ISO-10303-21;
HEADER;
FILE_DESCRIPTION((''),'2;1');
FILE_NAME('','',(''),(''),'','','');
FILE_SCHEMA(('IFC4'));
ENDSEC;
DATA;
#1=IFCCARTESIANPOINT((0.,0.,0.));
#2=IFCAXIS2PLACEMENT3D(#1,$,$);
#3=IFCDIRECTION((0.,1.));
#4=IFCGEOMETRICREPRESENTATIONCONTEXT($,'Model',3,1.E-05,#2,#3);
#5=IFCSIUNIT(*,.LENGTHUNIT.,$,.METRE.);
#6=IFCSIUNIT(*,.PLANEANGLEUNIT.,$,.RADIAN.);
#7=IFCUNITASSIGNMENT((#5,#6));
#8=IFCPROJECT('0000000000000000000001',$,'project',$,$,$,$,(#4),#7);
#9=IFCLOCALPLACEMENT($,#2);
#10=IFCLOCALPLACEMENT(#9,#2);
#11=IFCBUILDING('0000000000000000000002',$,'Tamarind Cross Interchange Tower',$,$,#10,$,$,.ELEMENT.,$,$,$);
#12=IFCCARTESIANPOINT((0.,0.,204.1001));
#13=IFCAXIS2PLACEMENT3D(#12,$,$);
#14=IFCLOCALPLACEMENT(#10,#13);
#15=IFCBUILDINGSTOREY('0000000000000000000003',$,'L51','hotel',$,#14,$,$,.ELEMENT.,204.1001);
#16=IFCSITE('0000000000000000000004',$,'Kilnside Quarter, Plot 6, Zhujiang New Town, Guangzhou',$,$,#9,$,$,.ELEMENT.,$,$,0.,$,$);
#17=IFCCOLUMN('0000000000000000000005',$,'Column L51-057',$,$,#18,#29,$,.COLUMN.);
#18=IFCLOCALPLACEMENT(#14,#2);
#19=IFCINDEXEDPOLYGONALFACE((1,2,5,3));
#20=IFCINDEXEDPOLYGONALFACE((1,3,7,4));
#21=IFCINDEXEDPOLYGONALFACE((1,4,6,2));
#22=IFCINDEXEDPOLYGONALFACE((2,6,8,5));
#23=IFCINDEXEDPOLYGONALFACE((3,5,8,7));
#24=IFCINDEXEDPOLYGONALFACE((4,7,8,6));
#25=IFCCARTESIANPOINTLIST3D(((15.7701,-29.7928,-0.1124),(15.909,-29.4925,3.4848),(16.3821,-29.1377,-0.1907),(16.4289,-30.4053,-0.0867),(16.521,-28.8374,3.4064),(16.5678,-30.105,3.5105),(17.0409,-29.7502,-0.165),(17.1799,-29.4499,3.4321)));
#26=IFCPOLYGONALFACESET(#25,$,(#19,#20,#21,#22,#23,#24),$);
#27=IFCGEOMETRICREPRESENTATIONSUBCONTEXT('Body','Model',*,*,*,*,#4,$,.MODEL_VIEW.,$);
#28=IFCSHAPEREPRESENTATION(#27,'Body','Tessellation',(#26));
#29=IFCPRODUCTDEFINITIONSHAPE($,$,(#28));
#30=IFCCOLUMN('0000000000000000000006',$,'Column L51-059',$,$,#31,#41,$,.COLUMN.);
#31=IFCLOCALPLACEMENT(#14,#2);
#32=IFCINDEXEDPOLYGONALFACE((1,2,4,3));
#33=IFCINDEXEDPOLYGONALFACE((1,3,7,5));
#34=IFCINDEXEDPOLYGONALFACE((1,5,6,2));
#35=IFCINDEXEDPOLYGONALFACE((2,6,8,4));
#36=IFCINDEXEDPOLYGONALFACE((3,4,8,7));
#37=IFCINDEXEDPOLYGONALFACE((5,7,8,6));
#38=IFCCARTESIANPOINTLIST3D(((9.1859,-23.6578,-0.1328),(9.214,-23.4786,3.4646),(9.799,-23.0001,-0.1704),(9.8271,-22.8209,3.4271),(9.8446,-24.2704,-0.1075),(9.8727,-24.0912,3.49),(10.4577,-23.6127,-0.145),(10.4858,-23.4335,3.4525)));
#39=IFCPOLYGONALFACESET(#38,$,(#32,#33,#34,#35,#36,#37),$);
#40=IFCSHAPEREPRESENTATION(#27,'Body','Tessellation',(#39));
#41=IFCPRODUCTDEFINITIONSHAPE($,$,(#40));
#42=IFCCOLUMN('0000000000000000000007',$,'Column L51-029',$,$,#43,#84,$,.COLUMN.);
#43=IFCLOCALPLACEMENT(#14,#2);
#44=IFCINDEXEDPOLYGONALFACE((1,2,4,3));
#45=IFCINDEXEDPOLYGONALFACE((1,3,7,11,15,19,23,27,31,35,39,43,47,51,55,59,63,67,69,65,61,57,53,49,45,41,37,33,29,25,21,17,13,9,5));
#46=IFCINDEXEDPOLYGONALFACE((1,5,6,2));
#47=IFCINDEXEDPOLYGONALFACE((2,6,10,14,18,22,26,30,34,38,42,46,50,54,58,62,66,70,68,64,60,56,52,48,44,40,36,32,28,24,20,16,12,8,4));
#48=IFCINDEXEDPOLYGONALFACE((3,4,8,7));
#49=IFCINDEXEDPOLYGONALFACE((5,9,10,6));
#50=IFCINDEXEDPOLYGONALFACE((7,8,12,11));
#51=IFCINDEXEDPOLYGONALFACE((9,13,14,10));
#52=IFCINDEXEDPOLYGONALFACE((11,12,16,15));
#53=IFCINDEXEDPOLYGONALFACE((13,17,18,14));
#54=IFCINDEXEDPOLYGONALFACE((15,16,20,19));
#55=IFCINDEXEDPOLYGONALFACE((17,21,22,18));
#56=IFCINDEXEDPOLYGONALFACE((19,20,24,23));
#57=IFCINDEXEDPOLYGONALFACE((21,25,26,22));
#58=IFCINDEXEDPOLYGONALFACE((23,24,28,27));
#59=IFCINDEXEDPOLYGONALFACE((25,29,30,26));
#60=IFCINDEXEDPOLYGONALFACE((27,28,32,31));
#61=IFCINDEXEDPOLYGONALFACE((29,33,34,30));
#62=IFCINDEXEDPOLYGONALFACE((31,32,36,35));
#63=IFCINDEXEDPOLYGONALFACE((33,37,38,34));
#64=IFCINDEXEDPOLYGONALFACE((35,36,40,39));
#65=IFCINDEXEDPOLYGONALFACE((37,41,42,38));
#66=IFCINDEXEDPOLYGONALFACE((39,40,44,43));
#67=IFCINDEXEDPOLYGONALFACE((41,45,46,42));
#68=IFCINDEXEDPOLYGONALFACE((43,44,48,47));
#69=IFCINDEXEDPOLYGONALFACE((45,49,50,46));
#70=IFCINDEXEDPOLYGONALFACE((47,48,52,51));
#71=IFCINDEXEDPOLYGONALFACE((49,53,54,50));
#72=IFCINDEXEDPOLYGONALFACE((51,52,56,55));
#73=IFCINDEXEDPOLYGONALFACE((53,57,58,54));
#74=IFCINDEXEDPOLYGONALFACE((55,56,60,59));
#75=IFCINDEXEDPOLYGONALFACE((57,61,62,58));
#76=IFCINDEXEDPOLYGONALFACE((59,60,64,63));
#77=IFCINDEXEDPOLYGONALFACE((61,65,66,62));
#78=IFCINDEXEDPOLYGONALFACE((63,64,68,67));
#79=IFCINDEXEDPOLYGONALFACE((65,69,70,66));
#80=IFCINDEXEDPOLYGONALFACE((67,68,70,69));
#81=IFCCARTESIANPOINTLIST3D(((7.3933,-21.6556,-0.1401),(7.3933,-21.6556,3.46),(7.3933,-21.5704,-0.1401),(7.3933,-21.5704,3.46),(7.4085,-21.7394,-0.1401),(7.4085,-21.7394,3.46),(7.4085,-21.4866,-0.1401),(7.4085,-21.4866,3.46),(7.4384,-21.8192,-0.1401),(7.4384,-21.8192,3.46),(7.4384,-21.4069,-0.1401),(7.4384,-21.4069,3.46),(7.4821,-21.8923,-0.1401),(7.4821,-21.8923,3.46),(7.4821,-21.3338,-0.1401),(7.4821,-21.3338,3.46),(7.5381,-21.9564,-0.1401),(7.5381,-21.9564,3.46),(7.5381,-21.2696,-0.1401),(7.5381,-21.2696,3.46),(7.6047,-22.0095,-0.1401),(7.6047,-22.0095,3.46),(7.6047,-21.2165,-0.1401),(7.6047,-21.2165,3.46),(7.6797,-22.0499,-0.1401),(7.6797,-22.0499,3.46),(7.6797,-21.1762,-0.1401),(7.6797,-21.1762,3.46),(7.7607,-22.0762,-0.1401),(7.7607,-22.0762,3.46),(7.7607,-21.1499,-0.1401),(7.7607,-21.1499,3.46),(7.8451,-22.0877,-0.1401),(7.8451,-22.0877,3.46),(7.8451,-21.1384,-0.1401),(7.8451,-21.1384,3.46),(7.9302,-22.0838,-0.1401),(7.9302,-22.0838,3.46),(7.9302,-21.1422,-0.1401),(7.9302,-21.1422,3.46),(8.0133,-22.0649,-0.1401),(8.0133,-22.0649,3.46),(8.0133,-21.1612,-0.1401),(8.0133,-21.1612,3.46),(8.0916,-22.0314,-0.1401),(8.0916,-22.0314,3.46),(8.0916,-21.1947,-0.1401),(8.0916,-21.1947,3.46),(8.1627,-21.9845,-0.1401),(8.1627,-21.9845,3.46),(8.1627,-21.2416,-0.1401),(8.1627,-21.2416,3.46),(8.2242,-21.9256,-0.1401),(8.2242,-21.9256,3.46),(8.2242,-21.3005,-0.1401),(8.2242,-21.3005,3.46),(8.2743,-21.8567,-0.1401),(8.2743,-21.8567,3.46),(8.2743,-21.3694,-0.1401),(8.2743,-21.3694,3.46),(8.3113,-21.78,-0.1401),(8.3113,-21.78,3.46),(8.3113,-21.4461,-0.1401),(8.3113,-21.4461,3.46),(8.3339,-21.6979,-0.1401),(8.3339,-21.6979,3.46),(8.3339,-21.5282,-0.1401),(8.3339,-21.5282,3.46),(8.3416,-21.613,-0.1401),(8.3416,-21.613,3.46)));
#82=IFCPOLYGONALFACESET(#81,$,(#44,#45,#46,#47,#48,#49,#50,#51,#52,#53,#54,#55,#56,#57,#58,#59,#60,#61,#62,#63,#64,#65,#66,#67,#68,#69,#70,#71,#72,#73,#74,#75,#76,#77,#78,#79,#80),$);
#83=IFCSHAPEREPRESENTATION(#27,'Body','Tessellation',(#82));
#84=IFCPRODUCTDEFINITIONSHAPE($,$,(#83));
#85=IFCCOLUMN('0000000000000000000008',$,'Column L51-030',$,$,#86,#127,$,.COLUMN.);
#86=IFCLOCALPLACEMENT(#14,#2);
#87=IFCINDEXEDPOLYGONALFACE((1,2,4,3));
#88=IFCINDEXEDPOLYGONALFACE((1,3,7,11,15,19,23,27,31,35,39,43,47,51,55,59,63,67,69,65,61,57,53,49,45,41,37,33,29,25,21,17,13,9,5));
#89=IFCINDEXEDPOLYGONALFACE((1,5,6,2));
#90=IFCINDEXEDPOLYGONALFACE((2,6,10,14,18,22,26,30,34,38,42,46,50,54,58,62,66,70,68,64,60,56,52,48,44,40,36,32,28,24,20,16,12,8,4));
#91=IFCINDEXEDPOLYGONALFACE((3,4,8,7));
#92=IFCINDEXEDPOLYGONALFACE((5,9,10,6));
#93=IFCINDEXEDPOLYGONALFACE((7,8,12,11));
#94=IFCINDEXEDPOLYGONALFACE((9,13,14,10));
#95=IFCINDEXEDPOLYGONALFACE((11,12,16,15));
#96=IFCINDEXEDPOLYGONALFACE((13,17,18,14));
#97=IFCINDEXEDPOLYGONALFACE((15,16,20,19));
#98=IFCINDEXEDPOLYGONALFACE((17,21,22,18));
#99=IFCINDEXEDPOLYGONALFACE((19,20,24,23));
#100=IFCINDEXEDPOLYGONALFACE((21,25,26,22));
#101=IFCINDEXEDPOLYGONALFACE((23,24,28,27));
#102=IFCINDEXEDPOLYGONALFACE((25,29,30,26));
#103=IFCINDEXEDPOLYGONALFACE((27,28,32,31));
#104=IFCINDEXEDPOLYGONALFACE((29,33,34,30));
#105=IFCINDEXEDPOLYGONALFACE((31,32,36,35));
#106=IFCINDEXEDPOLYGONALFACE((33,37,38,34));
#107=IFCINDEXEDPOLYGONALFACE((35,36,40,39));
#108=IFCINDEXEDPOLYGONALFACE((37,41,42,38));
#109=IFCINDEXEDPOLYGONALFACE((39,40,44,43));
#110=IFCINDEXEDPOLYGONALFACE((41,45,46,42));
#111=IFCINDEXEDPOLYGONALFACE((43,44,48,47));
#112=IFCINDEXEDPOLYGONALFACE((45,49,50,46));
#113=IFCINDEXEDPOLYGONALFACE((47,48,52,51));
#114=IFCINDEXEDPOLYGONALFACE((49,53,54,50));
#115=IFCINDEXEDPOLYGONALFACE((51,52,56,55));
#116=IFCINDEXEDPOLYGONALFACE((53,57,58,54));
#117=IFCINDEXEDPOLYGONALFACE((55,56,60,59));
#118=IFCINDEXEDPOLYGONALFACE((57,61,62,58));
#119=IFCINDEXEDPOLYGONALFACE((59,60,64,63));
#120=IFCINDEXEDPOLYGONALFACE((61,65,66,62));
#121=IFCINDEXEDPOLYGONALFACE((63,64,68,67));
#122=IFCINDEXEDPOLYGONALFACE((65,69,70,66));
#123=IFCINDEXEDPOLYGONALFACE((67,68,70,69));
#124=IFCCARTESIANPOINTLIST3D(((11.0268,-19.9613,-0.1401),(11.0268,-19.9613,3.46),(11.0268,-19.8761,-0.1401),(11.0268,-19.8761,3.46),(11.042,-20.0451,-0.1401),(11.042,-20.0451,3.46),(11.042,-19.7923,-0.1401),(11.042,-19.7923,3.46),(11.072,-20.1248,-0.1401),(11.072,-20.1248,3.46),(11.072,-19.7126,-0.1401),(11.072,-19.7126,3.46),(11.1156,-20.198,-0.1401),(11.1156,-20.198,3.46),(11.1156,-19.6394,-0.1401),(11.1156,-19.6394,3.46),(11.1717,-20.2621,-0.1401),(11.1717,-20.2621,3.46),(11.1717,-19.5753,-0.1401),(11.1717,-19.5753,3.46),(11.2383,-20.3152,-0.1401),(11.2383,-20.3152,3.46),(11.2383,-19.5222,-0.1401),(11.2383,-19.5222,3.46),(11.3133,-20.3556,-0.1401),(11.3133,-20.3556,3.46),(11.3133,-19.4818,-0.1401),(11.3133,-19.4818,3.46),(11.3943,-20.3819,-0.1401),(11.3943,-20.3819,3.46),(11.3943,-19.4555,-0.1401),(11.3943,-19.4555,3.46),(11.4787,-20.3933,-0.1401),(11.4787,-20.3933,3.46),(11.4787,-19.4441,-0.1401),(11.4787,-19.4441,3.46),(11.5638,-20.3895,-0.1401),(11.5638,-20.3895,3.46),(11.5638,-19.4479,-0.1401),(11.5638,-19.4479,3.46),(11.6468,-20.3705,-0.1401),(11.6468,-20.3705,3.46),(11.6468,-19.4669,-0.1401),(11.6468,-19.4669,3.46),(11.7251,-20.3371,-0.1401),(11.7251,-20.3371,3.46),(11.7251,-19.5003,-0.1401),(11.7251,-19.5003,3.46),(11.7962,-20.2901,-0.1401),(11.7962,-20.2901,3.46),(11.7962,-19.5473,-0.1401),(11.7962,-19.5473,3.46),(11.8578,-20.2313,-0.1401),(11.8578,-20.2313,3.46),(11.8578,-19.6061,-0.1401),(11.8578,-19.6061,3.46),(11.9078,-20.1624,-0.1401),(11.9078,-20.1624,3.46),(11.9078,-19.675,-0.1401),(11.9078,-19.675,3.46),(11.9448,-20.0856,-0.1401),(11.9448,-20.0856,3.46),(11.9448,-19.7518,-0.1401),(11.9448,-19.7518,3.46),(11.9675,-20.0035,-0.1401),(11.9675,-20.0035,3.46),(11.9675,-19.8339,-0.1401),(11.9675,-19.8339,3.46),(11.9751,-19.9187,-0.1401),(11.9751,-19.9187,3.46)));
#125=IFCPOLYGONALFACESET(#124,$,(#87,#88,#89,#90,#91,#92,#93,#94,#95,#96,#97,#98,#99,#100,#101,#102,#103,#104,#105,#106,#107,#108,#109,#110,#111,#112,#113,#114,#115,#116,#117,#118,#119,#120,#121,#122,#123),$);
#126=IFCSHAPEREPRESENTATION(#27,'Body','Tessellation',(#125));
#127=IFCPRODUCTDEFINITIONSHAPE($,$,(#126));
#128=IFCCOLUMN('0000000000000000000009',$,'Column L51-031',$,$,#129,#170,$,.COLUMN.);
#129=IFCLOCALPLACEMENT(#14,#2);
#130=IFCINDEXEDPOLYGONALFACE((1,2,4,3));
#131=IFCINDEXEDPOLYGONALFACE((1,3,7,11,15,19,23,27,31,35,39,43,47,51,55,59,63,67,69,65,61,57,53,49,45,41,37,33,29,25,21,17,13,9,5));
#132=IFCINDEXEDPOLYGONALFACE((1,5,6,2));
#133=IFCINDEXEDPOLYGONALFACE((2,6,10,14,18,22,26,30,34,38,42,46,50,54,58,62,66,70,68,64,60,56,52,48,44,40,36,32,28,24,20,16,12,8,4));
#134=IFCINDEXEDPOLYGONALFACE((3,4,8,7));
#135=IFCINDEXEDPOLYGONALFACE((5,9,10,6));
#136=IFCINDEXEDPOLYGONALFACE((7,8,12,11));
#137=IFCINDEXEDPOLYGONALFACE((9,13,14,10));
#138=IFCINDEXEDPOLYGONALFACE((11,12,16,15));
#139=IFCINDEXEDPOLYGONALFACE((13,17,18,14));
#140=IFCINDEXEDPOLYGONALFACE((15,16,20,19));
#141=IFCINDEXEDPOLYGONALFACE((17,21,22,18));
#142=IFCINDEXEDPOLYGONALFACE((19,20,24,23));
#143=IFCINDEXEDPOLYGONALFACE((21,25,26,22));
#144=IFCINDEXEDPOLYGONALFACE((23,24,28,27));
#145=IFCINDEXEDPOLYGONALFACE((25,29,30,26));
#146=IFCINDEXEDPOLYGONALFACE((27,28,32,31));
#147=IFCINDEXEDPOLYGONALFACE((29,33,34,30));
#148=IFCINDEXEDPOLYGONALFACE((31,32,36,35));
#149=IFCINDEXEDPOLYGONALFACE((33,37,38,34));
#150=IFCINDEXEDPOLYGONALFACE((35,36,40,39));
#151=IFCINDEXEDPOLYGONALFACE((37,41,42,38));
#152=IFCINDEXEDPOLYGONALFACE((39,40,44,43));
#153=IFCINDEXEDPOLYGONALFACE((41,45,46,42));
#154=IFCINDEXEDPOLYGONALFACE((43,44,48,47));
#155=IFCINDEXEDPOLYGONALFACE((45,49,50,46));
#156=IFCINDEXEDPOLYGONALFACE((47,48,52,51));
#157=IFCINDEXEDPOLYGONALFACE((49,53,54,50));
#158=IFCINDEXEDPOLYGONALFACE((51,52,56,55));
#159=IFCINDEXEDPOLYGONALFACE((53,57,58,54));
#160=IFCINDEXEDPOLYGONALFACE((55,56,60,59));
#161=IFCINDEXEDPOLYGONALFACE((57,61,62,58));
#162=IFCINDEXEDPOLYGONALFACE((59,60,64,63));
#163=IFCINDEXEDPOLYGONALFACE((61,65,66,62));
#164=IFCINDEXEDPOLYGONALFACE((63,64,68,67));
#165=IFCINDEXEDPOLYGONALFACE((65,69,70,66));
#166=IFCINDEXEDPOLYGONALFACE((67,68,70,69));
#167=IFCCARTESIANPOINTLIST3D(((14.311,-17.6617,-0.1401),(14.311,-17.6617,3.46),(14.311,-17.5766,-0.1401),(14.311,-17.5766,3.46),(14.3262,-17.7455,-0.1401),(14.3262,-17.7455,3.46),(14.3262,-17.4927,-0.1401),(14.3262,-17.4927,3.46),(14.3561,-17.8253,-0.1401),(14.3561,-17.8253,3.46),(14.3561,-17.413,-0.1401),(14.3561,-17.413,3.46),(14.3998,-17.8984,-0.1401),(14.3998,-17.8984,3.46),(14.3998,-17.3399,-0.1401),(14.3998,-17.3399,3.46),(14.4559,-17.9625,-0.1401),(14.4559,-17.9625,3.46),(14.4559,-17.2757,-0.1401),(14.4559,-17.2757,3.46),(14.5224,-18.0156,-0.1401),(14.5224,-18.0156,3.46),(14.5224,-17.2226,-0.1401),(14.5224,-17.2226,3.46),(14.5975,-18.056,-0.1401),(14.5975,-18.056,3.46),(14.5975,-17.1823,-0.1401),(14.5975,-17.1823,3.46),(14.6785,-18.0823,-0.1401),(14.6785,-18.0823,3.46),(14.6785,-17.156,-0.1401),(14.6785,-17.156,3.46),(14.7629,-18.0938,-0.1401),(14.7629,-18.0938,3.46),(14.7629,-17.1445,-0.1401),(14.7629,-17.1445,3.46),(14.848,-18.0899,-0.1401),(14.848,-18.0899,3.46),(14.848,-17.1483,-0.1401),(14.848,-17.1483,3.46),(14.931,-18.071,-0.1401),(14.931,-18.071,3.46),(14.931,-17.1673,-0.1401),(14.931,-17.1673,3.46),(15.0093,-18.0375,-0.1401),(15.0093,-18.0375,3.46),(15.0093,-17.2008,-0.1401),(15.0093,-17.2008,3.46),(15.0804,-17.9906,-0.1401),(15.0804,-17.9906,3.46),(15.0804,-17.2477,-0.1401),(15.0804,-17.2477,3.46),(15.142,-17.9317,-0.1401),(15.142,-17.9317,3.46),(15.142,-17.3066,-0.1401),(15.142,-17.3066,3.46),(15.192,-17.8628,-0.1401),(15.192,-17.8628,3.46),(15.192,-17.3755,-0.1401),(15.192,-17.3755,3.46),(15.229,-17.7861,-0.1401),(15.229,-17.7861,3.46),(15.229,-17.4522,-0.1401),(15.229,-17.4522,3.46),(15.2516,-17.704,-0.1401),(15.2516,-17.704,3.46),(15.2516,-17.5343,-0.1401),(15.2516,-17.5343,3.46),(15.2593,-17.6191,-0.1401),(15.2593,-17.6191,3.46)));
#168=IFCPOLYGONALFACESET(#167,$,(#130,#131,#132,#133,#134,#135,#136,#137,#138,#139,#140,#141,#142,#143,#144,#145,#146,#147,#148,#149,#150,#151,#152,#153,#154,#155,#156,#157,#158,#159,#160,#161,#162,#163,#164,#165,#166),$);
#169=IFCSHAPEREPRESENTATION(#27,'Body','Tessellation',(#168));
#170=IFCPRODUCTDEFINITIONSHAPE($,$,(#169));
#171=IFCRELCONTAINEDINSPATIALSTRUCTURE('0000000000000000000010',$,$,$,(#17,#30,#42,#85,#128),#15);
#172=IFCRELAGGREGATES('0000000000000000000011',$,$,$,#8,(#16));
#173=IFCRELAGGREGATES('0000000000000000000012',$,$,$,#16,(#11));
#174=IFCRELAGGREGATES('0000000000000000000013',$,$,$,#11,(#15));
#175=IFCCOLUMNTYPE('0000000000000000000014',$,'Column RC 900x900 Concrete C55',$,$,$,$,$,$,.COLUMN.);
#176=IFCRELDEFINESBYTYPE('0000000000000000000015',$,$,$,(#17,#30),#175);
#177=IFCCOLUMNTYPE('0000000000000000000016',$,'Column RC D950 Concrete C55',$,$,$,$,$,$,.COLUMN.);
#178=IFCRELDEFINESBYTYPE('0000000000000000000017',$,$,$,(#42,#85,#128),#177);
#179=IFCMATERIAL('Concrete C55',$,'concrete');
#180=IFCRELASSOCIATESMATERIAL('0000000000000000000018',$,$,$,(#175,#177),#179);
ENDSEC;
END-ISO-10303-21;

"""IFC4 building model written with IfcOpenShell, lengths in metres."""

from ifc_helpers import new_model, si_unit, direction, frame, origin, origin_2d, place, context, subcontext, project, spatial, rectangle, circle, extrude, material, material_profile, profile_set, type_object, element, save


model = new_model("IFC4")

# Units and contexts
model_context = context("Model", 3, precision=1e-05, world=origin(), true_north=direction((0.0, 1.0)))
body_context = subcontext(model_context, "Body", "Model", "MODEL_VIEW")
ifc_project = project(units=[si_unit("LENGTHUNIT", "METRE"), si_unit("PLANEANGLEUNIT", "RADIAN")], contexts=[model_context])

# Site, building, storey
site_placement = place(None, origin())
site = spatial("IfcSite", under=ifc_project, at=site_placement, Name="Kilnside Quarter, Plot 6, Zhujiang New Town, Guangzhou", CompositionType="ELEMENT", RefElevation=0.0)
building_placement = place(site_placement, origin())
building = spatial("IfcBuilding", under=site, at=building_placement, Name="Tamarind Cross Interchange Tower", CompositionType="ELEMENT")
storey_placement = place(building_placement, frame((0.0, 0.0, 204.1001)))
storey = spatial("IfcBuildingStorey", under=building, at=storey_placement, Name="L51", Description="hotel", CompositionType="ELEMENT", Elevation=204.1001)

# Columns
ifc_material_1 = material(Name="Concrete C55", Category="concrete")
ifc_material_profile_1 = material_profile(ifc_material_1, rectangle(XDim=0.8999, YDim=0.8999, at=origin_2d()), Name="RC 900x900")
ifc_profile_set_1 = profile_set([ifc_material_profile_1], Name="Concrete C55")
column_type_1 = type_object("IfcColumnType", Name="Column RC 900x900 Concrete C55", PredefinedType="COLUMN", material=ifc_profile_set_1)
column_1_placement = place(storey_placement, frame((16.4055, -29.7715, -0.1387), z_axis=(0.038456, 0.083129, 0.995796), x_axis=(-0.68012, -0.727917, 0.087032)))
element("IfcColumn", 1, at=column_1_placement, inside=storey, type_object=column_type_1, Name="Column L51-057", PredefinedType="COLUMN", context=body_context, shape_type="SweptSolid", body=[
    extrude(rectangle(XDim=0.8999, YDim=0.8999, at=origin_2d()), origin(), (0.0, 0.0, 1.0), 3.6123),
])
column_2_placement = place(storey_placement, frame((9.8218, -23.6353, -0.1389), z_axis=(0.007795, 0.04975, 0.998731), x_axis=(-0.681291, -0.730823, 0.041722)))
element("IfcColumn", 2, at=column_2_placement, inside=storey, type_object=column_type_1, Name="Column L51-059", PredefinedType="COLUMN", context=body_context, shape_type="SweptSolid", body=[
    extrude(rectangle(XDim=0.8999, YDim=0.8999, at=origin_2d()), origin(), (0.0, 0.0, 1.0), 3.6021),
])
ifc_material_profile_2 = material_profile(ifc_material_1, circle(Radius=0.4751, at=origin_2d()), Name="RC D950")
ifc_profile_set_2 = profile_set([ifc_material_profile_2], Name="Concrete C55")
column_type_2 = type_object("IfcColumnType", Name="Column RC D950 Concrete C55", PredefinedType="COLUMN", material=ifc_profile_set_2)
for number, where, z_axis, x_axis, name in (
    (3, (7.8665, -21.613, -0.1401), (0.0, 0.0, 1.0), (1.0, 0.0, 0.0), "Column L51-029"),
    (4, (11.5, -19.9187, -0.1401), (0.0, 0.0, 1.0), (1.0, 0.0, 0.0), "Column L51-030"),
    (5, (14.7842, -17.6191, -0.1401), (0.0, 0.0, 1.0), (1.0, 0.0, 0.0), "Column L51-031"),
):
    element("IfcColumn", number, at=place(storey_placement, frame(where, z_axis=z_axis, x_axis=x_axis)), inside=storey, type_object=column_type_2, Name=name, PredefinedType="COLUMN", context=body_context, shape_type="SweptSolid", body=[
        extrude(circle(Radius=0.4751, at=origin_2d()), origin(), (0.0, 0.0, 1.0), 3.6001),
    ])

save(model, "model.ifc")
